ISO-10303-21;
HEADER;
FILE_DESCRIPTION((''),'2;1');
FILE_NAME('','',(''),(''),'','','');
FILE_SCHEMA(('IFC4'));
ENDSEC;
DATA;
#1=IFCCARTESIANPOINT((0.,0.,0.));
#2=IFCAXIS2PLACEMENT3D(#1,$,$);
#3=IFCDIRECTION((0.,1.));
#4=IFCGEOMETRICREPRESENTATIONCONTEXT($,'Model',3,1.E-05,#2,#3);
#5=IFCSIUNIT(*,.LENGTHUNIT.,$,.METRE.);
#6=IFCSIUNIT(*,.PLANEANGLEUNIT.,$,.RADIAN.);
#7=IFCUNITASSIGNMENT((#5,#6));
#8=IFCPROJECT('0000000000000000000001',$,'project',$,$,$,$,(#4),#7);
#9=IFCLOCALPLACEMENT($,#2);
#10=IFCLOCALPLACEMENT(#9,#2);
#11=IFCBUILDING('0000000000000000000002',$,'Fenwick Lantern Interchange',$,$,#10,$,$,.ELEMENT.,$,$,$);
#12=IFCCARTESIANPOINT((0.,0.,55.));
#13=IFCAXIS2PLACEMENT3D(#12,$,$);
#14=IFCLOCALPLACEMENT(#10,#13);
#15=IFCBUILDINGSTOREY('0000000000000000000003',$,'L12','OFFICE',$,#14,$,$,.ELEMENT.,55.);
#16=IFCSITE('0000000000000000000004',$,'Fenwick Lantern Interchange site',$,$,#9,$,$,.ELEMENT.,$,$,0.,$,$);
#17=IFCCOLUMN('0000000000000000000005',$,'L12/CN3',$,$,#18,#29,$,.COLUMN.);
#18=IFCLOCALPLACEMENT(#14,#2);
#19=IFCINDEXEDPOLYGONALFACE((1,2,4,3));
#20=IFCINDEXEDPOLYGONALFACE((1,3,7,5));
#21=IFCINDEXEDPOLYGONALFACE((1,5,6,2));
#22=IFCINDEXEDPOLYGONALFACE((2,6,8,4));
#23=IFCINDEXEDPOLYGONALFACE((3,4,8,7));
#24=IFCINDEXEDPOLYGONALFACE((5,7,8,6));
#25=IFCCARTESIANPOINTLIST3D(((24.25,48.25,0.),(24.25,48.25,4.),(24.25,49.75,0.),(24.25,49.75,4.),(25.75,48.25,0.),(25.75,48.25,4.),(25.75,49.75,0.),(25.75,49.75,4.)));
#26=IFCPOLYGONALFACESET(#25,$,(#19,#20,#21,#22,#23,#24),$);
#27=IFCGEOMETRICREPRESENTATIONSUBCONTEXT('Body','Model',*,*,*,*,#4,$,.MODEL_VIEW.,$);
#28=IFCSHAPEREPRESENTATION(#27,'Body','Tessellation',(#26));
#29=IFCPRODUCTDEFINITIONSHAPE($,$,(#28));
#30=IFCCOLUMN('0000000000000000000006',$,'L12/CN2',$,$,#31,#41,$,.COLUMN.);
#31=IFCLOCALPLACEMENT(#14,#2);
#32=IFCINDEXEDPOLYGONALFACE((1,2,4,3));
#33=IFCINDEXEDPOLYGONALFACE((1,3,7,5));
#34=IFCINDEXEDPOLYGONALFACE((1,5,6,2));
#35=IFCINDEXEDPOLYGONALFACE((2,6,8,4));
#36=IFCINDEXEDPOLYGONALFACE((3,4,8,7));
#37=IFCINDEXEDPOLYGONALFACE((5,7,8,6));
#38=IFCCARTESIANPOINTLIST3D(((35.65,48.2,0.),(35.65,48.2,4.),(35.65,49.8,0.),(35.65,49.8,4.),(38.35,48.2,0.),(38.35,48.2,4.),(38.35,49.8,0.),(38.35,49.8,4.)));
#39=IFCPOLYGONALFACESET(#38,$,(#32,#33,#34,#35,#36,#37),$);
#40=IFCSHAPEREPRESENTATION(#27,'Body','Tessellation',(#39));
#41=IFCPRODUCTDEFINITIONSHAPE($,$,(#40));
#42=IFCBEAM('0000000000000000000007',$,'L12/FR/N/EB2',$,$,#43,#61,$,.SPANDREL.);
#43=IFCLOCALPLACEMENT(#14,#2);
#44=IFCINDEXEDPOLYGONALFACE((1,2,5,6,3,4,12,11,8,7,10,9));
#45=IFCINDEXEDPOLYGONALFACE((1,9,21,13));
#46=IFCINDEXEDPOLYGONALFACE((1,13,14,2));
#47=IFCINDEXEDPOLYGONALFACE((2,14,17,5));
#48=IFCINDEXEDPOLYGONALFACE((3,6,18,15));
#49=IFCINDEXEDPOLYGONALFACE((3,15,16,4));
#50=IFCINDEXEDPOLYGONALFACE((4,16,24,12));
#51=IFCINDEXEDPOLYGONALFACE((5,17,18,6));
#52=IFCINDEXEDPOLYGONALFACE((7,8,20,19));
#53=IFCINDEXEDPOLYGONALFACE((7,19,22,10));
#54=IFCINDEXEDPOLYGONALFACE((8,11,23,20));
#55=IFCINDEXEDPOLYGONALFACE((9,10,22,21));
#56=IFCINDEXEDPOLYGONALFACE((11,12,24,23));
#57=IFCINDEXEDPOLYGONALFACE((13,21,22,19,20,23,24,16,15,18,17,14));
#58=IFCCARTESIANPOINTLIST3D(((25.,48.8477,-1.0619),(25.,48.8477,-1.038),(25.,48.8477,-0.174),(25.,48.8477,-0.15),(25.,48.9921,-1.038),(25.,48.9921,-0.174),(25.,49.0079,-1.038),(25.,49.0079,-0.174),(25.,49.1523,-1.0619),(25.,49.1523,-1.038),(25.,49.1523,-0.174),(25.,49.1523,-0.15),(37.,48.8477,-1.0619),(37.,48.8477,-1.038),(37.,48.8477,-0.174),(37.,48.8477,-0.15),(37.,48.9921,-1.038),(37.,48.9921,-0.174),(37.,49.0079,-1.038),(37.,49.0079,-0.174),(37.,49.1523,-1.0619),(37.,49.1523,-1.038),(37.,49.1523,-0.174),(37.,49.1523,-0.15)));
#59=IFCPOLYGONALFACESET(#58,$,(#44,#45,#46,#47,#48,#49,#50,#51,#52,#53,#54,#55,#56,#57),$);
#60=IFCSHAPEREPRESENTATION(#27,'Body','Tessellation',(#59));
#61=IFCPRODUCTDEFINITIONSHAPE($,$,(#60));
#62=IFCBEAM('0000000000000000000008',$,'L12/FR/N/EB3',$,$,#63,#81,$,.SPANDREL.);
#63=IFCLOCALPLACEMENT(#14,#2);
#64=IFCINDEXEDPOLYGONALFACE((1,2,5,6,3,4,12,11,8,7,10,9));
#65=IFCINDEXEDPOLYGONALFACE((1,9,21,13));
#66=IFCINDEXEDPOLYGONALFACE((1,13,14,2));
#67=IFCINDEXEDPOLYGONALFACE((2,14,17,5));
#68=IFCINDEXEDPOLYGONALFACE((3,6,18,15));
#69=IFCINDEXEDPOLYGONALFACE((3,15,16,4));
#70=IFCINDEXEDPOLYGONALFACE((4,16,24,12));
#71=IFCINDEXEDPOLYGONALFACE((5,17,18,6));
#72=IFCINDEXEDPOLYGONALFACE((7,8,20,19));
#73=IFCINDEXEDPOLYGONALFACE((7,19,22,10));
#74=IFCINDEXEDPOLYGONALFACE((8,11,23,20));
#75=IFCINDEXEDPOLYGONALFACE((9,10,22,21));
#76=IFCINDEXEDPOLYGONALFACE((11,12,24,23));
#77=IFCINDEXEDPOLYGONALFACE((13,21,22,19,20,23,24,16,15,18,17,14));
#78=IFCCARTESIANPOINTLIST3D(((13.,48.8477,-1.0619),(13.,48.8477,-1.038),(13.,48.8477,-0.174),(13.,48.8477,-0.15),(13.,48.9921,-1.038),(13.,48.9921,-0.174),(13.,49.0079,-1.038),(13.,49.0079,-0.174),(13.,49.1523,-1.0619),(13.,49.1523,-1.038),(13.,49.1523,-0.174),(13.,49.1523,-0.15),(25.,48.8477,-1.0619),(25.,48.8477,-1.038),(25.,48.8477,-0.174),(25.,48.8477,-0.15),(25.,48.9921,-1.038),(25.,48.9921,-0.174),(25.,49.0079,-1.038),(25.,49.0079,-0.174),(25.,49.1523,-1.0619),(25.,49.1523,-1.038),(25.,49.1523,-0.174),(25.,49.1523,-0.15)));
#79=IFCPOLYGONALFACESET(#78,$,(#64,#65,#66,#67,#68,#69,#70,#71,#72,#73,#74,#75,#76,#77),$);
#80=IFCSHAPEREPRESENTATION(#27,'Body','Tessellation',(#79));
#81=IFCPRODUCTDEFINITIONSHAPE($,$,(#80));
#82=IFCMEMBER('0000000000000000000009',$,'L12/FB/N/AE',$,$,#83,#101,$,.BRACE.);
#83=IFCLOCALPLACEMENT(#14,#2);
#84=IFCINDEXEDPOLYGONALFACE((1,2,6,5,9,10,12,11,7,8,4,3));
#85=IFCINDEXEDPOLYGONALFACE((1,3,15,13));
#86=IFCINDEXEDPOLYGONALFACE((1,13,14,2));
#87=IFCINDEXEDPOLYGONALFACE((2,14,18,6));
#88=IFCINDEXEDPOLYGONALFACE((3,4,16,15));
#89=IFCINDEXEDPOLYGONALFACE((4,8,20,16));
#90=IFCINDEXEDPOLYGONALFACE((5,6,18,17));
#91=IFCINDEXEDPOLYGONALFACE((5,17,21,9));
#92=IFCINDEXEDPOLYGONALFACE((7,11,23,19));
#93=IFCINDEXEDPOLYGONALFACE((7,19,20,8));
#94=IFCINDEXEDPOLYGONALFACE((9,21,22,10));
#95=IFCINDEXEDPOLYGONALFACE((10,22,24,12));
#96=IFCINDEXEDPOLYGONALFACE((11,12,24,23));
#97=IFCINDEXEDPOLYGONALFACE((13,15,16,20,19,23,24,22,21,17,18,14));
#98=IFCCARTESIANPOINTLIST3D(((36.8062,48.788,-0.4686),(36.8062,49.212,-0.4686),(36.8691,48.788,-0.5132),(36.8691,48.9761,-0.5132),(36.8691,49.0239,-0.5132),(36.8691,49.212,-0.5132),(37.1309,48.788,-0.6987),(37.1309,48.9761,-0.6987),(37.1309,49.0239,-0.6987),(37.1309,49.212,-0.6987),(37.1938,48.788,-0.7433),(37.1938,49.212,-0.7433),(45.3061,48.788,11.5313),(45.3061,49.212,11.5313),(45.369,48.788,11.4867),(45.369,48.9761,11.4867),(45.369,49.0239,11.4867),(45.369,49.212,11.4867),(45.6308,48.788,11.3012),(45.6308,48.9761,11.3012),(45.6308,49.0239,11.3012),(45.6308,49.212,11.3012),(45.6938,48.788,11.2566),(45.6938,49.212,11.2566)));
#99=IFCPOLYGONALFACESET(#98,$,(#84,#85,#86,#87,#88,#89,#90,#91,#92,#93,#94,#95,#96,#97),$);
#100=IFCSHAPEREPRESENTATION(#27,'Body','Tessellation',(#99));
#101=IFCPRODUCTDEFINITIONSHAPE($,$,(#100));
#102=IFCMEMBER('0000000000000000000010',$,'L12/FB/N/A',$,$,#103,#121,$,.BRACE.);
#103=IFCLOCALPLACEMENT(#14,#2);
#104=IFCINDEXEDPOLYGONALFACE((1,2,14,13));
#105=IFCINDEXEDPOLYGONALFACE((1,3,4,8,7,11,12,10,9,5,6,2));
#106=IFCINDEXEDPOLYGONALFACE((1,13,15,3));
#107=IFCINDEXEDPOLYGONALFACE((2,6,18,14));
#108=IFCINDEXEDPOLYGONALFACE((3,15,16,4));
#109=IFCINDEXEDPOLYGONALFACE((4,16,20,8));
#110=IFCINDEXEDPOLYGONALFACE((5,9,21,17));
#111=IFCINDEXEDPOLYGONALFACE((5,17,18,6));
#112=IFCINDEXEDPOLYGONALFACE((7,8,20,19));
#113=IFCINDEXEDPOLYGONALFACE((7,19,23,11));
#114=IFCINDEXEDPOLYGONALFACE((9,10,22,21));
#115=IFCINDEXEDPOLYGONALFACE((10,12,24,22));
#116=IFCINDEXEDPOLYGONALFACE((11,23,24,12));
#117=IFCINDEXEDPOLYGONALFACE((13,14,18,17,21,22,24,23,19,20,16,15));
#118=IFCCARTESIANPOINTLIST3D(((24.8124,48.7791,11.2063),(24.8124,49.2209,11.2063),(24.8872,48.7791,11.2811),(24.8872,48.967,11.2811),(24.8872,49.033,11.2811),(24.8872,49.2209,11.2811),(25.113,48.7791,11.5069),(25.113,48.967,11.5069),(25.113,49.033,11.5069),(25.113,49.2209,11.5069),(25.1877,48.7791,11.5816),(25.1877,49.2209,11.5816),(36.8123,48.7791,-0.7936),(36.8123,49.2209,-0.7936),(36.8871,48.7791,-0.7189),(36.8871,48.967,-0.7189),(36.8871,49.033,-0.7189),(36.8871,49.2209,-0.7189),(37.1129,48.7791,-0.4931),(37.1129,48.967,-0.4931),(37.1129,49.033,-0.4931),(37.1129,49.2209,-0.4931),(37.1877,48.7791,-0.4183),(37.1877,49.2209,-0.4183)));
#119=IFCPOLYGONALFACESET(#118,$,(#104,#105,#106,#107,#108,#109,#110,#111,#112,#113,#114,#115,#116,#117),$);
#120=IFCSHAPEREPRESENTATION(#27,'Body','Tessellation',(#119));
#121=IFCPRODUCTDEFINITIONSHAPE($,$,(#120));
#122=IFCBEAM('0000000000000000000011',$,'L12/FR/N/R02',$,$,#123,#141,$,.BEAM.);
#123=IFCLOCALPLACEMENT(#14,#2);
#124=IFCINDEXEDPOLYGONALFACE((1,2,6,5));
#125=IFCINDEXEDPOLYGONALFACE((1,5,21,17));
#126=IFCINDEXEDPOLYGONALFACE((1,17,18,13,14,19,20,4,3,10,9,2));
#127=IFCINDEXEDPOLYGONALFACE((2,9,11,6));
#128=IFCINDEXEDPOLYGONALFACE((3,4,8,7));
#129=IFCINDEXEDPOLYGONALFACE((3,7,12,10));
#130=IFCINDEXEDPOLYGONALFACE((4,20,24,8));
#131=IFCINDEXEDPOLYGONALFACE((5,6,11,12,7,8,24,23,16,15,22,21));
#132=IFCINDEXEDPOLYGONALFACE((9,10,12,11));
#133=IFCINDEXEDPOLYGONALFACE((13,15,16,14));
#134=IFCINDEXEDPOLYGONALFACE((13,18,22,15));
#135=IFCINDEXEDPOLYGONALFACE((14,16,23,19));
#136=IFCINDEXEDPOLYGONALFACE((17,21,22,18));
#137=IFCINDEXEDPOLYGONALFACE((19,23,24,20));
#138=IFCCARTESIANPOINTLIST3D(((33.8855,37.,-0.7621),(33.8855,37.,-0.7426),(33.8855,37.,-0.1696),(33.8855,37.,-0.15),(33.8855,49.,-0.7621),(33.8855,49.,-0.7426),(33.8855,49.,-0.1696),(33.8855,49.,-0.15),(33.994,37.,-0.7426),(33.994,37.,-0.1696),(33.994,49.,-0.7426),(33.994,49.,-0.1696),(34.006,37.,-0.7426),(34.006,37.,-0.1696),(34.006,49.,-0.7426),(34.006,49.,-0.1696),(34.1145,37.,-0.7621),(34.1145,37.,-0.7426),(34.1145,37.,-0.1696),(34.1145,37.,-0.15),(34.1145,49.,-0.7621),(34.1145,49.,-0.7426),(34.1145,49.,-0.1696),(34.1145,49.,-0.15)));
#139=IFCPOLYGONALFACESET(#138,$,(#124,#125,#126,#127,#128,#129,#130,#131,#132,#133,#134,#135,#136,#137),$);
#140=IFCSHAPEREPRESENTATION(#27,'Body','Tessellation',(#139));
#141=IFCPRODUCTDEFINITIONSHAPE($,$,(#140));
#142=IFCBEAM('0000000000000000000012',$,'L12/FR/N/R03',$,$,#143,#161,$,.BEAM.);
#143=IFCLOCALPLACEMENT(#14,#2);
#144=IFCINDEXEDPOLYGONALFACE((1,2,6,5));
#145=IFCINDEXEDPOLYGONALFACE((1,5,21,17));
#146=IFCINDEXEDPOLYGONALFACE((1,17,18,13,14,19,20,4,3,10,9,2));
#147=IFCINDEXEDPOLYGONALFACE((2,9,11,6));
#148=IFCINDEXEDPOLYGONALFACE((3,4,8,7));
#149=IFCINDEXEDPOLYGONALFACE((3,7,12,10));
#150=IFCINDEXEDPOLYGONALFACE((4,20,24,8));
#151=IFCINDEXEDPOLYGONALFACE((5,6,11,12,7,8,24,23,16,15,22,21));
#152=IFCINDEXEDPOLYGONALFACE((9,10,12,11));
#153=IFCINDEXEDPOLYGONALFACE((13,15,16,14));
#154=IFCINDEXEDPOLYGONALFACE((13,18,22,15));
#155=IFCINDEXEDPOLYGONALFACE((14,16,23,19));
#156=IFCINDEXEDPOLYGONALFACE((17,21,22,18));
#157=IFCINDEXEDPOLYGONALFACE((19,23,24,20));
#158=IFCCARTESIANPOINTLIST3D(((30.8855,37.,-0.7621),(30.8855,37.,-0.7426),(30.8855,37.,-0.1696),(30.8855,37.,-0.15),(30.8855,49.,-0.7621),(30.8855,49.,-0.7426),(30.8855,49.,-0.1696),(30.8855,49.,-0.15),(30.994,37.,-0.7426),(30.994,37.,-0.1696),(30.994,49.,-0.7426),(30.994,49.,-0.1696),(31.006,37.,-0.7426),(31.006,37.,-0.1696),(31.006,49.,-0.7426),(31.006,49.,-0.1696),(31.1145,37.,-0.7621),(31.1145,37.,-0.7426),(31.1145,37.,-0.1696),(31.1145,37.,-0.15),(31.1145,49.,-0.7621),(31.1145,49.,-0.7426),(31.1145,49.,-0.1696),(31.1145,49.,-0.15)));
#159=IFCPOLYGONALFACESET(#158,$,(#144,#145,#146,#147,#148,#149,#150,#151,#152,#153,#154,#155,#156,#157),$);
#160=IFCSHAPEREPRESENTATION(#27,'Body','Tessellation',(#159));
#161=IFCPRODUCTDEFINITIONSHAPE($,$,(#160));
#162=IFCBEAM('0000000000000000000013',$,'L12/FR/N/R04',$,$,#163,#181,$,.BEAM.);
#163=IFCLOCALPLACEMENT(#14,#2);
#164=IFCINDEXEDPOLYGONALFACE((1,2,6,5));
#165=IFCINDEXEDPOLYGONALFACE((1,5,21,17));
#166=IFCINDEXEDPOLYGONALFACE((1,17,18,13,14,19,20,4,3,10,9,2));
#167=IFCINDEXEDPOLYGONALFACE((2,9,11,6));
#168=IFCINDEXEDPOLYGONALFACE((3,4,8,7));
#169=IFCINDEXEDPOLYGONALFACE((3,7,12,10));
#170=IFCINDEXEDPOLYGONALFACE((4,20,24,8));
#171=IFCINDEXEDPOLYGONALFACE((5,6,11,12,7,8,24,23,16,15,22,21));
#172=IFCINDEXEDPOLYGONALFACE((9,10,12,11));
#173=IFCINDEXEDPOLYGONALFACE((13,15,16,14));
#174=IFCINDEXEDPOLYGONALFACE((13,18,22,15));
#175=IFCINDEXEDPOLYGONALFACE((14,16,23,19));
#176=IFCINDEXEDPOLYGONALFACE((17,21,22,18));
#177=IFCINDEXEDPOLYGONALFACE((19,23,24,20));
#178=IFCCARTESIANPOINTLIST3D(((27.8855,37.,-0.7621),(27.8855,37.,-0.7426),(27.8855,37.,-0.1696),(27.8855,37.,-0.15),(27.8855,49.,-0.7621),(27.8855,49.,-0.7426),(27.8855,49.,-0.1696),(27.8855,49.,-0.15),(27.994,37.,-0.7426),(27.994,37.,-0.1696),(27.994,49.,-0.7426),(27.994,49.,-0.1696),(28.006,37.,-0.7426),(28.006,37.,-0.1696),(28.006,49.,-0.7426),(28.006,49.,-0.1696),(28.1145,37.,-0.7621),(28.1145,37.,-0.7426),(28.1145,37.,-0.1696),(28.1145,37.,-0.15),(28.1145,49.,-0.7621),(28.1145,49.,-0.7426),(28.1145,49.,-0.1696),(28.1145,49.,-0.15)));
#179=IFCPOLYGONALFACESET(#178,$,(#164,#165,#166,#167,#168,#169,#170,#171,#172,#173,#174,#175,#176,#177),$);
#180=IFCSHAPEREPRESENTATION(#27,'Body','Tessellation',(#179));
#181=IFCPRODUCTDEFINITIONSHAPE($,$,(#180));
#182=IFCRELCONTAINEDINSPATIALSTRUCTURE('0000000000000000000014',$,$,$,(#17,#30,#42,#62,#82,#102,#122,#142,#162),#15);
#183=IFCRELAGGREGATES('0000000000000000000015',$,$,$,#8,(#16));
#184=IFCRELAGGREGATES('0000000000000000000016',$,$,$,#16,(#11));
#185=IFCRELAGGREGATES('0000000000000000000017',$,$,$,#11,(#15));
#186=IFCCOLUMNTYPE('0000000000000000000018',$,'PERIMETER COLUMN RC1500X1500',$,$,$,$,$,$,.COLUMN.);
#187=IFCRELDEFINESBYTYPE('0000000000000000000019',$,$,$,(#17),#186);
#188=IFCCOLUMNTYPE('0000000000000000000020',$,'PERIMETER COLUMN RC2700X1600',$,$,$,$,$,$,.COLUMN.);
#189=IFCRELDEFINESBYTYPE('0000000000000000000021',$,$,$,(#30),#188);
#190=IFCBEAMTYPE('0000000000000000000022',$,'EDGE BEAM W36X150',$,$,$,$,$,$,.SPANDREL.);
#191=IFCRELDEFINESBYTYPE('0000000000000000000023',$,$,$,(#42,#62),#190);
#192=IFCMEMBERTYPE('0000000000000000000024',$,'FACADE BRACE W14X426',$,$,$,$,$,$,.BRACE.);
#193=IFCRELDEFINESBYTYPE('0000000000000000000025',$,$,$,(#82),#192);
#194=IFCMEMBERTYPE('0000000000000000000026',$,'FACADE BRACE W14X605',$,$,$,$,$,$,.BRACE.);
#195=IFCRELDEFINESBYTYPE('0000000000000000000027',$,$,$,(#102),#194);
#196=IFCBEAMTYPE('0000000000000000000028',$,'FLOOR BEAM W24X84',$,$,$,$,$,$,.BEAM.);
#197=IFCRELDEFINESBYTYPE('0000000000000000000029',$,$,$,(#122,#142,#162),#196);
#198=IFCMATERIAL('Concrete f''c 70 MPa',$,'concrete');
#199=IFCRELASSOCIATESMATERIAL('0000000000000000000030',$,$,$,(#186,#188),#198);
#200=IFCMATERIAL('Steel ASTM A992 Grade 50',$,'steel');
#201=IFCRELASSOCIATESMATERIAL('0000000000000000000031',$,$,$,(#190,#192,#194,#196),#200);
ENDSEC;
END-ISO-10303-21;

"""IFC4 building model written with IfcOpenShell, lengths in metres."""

from ifc_helpers import new_model, si_unit, direction, frame, origin, origin_2d, place, context, subcontext, project, spatial, rectangle, i_section, extrude, material, material_profile, profile_set, type_object, element, save


model = new_model("IFC4")

# Units and contexts
model_context = context("Model", 3, precision=1e-05, world=origin(), true_north=direction((0.0, 1.0)))
body_context = subcontext(model_context, "Body", "Model", "MODEL_VIEW")
ifc_project = project(units=[si_unit("LENGTHUNIT", "METRE"), si_unit("PLANEANGLEUNIT", "RADIAN")], contexts=[model_context])

# Site, building, storey
site_placement = place(None, origin())
site = spatial("IfcSite", under=ifc_project, at=site_placement, Name="Fenwick Lantern Interchange site", CompositionType="ELEMENT", RefElevation=0.0)
building_placement = place(site_placement, origin())
building = spatial("IfcBuilding", under=site, at=building_placement, Name="Fenwick Lantern Interchange", CompositionType="ELEMENT")
storey_placement = place(building_placement, frame((0.0, 0.0, 55.0)))
storey = spatial("IfcBuildingStorey", under=building, at=storey_placement, Name="L12", Description="OFFICE", CompositionType="ELEMENT", Elevation=55.0)

# Columns
ifc_material_1 = material(Name="Concrete f'c 70 MPa", Category="concrete")
ifc_material_profile_1 = material_profile(ifc_material_1, rectangle(XDim=1.5, YDim=1.5, at=origin_2d()), Name="RC1500X1500")
ifc_profile_set_1 = profile_set([ifc_material_profile_1], Name="Concrete f'c 70 MPa")
column_type_1 = type_object("IfcColumnType", Name="PERIMETER COLUMN RC1500X1500", PredefinedType="COLUMN", material=ifc_profile_set_1)
column_1_placement = place(storey_placement, frame((25.0, 49.0, 0.0), z_axis=(0.0, 0.0, 1.0), x_axis=(1.0, 0.0, 0.0)))
element("IfcColumn", 1, at=column_1_placement, inside=storey, type_object=column_type_1, Name="L12/CN3", PredefinedType="COLUMN", context=body_context, shape_type="SweptSolid", body=[
    extrude(rectangle(XDim=1.5, YDim=1.5, at=origin_2d()), origin(), (0.0, 0.0, 1.0), 4.0),
])
ifc_material_profile_2 = material_profile(ifc_material_1, rectangle(XDim=2.7, YDim=1.6001, at=origin_2d()), Name="RC2700X1600")
ifc_profile_set_2 = profile_set([ifc_material_profile_2], Name="Concrete f'c 70 MPa")
column_type_2 = type_object("IfcColumnType", Name="PERIMETER COLUMN RC2700X1600", PredefinedType="COLUMN", material=ifc_profile_set_2)
column_2_placement = place(storey_placement, frame((37.0, 49.0, 0.0), z_axis=(0.0, 0.0, 1.0), x_axis=(1.0, 0.0, 0.0)))
element("IfcColumn", 2, at=column_2_placement, inside=storey, type_object=column_type_2, Name="L12/CN2", PredefinedType="COLUMN", context=body_context, shape_type="SweptSolid", body=[
    extrude(rectangle(XDim=2.7, YDim=1.6001, at=origin_2d()), origin(), (0.0, 0.0, 1.0), 4.0),
])

# Beams
ifc_material_2 = material(Name="Steel ASTM A992 Grade 50", Category="steel")
ifc_material_profile_3 = material_profile(ifc_material_2, i_section(OverallWidth=0.3047, OverallDepth=0.9119, WebThickness=0.0159, FlangeThickness=0.0239, at=origin_2d()), Name="W36X150")
ifc_profile_set_3 = profile_set([ifc_material_profile_3], Name="Steel ASTM A992 Grade 50")
beam_type_1 = type_object("IfcBeamType", Name="EDGE BEAM W36X150", PredefinedType="SPANDREL", material=ifc_profile_set_3)
for number, where, z_axis, x_axis, name in (
    (3, (37.0, 49.0, -0.606), (-1.0, 0.0, 0.0), (0.0, -1.0, 0.0), "L12/FR/N/EB2"),
    (4, (25.0, 49.0, -0.606), (-1.0, 0.0, 0.0), (0.0, -1.0, 0.0), "L12/FR/N/EB3"),
):
    element("IfcBeam", number, at=place(storey_placement, frame(where, z_axis=z_axis, x_axis=x_axis)), inside=storey, type_object=beam_type_1, Name=name, PredefinedType="SPANDREL", context=body_context, shape_type="SweptSolid", body=[
        extrude(i_section(OverallWidth=0.3047, OverallDepth=0.9119, WebThickness=0.0159, FlangeThickness=0.0239, at=origin_2d()), origin(), (0.0, 0.0, 1.0), 12.0),
    ])

# Members
ifc_material_profile_4 = material_profile(ifc_material_2, i_section(OverallWidth=0.4241, OverallDepth=0.4751, WebThickness=0.0479, FlangeThickness=0.0771, at=origin_2d()), Name="W14X426")
ifc_profile_set_4 = profile_set([ifc_material_profile_4], Name="Steel ASTM A992 Grade 50")
member_type_1 = type_object("IfcMemberType", Name="FACADE BRACE W14X426", PredefinedType="BRACE", material=ifc_profile_set_4)
member_1_placement = place(storey_placement, frame((37.0, 49.0, -0.606), z_axis=(0.578017, 0.0, 0.816024), x_axis=(0.0, 1.0, 0.0)))
element("IfcMember", 5, at=member_1_placement, inside=storey, type_object=member_type_1, Name="L12/FB/N/AE", PredefinedType="BRACE", context=body_context, shape_type="SweptSolid", body=[
    extrude(i_section(OverallWidth=0.4241, OverallDepth=0.4751, WebThickness=0.0479, FlangeThickness=0.0771, at=origin_2d()), origin(), (0.0, 0.0, 1.0), 14.7053),
])
ifc_material_profile_5 = material_profile(ifc_material_2, i_section(OverallWidth=0.4419, OverallDepth=0.5308, WebThickness=0.0659, FlangeThickness=0.1057, at=origin_2d()), Name="W14X605")
ifc_profile_set_5 = profile_set([ifc_material_profile_5], Name="Steel ASTM A992 Grade 50")
member_type_2 = type_object("IfcMemberType", Name="FACADE BRACE W14X605", PredefinedType="BRACE", material=ifc_profile_set_5)
member_2_placement = place(storey_placement, frame((37.0, 49.0, -0.606), z_axis=(-0.707107, 0.0, 0.707107), x_axis=(0.0, -1.0, 0.0)))
element("IfcMember", 6, at=member_2_placement, inside=storey, type_object=member_type_2, Name="L12/FB/N/A", PredefinedType="BRACE", context=body_context, shape_type="SweptSolid", body=[
    extrude(i_section(OverallWidth=0.4419, OverallDepth=0.5308, WebThickness=0.0659, FlangeThickness=0.1057, at=origin_2d()), origin(), (0.0, 0.0, 1.0), 16.9705),
])

# Beams
ifc_material_profile_6 = material_profile(ifc_material_2, i_section(OverallWidth=0.229, OverallDepth=0.6121, WebThickness=0.012, FlangeThickness=0.0195, at=origin_2d()), Name="W24X84")
ifc_profile_set_6 = profile_set([ifc_material_profile_6], Name="Steel ASTM A992 Grade 50")
beam_type_2 = type_object("IfcBeamType", Name="FLOOR BEAM W24X84", PredefinedType="BEAM", material=ifc_profile_set_6)
for number, where, z_axis, x_axis, name in (
    (7, (34.0, 49.0, -0.4561), (0.0, -1.0, 0.0), (1.0, 0.0, 0.0), "L12/FR/N/R02"),
    (8, (31.0, 49.0, -0.4561), (0.0, -1.0, 0.0), (1.0, 0.0, 0.0), "L12/FR/N/R03"),
    (9, (28.0, 49.0, -0.4561), (0.0, -1.0, 0.0), (1.0, 0.0, 0.0), "L12/FR/N/R04"),
):
    element("IfcBeam", number, at=place(storey_placement, frame(where, z_axis=z_axis, x_axis=x_axis)), inside=storey, type_object=beam_type_2, Name=name, PredefinedType="BEAM", context=body_context, shape_type="SweptSolid", body=[
        extrude(i_section(OverallWidth=0.229, OverallDepth=0.6121, WebThickness=0.012, FlangeThickness=0.0195, at=origin_2d()), origin(), (0.0, 0.0, 1.0), 12.0),
    ])

save(model, "model.ifc")
